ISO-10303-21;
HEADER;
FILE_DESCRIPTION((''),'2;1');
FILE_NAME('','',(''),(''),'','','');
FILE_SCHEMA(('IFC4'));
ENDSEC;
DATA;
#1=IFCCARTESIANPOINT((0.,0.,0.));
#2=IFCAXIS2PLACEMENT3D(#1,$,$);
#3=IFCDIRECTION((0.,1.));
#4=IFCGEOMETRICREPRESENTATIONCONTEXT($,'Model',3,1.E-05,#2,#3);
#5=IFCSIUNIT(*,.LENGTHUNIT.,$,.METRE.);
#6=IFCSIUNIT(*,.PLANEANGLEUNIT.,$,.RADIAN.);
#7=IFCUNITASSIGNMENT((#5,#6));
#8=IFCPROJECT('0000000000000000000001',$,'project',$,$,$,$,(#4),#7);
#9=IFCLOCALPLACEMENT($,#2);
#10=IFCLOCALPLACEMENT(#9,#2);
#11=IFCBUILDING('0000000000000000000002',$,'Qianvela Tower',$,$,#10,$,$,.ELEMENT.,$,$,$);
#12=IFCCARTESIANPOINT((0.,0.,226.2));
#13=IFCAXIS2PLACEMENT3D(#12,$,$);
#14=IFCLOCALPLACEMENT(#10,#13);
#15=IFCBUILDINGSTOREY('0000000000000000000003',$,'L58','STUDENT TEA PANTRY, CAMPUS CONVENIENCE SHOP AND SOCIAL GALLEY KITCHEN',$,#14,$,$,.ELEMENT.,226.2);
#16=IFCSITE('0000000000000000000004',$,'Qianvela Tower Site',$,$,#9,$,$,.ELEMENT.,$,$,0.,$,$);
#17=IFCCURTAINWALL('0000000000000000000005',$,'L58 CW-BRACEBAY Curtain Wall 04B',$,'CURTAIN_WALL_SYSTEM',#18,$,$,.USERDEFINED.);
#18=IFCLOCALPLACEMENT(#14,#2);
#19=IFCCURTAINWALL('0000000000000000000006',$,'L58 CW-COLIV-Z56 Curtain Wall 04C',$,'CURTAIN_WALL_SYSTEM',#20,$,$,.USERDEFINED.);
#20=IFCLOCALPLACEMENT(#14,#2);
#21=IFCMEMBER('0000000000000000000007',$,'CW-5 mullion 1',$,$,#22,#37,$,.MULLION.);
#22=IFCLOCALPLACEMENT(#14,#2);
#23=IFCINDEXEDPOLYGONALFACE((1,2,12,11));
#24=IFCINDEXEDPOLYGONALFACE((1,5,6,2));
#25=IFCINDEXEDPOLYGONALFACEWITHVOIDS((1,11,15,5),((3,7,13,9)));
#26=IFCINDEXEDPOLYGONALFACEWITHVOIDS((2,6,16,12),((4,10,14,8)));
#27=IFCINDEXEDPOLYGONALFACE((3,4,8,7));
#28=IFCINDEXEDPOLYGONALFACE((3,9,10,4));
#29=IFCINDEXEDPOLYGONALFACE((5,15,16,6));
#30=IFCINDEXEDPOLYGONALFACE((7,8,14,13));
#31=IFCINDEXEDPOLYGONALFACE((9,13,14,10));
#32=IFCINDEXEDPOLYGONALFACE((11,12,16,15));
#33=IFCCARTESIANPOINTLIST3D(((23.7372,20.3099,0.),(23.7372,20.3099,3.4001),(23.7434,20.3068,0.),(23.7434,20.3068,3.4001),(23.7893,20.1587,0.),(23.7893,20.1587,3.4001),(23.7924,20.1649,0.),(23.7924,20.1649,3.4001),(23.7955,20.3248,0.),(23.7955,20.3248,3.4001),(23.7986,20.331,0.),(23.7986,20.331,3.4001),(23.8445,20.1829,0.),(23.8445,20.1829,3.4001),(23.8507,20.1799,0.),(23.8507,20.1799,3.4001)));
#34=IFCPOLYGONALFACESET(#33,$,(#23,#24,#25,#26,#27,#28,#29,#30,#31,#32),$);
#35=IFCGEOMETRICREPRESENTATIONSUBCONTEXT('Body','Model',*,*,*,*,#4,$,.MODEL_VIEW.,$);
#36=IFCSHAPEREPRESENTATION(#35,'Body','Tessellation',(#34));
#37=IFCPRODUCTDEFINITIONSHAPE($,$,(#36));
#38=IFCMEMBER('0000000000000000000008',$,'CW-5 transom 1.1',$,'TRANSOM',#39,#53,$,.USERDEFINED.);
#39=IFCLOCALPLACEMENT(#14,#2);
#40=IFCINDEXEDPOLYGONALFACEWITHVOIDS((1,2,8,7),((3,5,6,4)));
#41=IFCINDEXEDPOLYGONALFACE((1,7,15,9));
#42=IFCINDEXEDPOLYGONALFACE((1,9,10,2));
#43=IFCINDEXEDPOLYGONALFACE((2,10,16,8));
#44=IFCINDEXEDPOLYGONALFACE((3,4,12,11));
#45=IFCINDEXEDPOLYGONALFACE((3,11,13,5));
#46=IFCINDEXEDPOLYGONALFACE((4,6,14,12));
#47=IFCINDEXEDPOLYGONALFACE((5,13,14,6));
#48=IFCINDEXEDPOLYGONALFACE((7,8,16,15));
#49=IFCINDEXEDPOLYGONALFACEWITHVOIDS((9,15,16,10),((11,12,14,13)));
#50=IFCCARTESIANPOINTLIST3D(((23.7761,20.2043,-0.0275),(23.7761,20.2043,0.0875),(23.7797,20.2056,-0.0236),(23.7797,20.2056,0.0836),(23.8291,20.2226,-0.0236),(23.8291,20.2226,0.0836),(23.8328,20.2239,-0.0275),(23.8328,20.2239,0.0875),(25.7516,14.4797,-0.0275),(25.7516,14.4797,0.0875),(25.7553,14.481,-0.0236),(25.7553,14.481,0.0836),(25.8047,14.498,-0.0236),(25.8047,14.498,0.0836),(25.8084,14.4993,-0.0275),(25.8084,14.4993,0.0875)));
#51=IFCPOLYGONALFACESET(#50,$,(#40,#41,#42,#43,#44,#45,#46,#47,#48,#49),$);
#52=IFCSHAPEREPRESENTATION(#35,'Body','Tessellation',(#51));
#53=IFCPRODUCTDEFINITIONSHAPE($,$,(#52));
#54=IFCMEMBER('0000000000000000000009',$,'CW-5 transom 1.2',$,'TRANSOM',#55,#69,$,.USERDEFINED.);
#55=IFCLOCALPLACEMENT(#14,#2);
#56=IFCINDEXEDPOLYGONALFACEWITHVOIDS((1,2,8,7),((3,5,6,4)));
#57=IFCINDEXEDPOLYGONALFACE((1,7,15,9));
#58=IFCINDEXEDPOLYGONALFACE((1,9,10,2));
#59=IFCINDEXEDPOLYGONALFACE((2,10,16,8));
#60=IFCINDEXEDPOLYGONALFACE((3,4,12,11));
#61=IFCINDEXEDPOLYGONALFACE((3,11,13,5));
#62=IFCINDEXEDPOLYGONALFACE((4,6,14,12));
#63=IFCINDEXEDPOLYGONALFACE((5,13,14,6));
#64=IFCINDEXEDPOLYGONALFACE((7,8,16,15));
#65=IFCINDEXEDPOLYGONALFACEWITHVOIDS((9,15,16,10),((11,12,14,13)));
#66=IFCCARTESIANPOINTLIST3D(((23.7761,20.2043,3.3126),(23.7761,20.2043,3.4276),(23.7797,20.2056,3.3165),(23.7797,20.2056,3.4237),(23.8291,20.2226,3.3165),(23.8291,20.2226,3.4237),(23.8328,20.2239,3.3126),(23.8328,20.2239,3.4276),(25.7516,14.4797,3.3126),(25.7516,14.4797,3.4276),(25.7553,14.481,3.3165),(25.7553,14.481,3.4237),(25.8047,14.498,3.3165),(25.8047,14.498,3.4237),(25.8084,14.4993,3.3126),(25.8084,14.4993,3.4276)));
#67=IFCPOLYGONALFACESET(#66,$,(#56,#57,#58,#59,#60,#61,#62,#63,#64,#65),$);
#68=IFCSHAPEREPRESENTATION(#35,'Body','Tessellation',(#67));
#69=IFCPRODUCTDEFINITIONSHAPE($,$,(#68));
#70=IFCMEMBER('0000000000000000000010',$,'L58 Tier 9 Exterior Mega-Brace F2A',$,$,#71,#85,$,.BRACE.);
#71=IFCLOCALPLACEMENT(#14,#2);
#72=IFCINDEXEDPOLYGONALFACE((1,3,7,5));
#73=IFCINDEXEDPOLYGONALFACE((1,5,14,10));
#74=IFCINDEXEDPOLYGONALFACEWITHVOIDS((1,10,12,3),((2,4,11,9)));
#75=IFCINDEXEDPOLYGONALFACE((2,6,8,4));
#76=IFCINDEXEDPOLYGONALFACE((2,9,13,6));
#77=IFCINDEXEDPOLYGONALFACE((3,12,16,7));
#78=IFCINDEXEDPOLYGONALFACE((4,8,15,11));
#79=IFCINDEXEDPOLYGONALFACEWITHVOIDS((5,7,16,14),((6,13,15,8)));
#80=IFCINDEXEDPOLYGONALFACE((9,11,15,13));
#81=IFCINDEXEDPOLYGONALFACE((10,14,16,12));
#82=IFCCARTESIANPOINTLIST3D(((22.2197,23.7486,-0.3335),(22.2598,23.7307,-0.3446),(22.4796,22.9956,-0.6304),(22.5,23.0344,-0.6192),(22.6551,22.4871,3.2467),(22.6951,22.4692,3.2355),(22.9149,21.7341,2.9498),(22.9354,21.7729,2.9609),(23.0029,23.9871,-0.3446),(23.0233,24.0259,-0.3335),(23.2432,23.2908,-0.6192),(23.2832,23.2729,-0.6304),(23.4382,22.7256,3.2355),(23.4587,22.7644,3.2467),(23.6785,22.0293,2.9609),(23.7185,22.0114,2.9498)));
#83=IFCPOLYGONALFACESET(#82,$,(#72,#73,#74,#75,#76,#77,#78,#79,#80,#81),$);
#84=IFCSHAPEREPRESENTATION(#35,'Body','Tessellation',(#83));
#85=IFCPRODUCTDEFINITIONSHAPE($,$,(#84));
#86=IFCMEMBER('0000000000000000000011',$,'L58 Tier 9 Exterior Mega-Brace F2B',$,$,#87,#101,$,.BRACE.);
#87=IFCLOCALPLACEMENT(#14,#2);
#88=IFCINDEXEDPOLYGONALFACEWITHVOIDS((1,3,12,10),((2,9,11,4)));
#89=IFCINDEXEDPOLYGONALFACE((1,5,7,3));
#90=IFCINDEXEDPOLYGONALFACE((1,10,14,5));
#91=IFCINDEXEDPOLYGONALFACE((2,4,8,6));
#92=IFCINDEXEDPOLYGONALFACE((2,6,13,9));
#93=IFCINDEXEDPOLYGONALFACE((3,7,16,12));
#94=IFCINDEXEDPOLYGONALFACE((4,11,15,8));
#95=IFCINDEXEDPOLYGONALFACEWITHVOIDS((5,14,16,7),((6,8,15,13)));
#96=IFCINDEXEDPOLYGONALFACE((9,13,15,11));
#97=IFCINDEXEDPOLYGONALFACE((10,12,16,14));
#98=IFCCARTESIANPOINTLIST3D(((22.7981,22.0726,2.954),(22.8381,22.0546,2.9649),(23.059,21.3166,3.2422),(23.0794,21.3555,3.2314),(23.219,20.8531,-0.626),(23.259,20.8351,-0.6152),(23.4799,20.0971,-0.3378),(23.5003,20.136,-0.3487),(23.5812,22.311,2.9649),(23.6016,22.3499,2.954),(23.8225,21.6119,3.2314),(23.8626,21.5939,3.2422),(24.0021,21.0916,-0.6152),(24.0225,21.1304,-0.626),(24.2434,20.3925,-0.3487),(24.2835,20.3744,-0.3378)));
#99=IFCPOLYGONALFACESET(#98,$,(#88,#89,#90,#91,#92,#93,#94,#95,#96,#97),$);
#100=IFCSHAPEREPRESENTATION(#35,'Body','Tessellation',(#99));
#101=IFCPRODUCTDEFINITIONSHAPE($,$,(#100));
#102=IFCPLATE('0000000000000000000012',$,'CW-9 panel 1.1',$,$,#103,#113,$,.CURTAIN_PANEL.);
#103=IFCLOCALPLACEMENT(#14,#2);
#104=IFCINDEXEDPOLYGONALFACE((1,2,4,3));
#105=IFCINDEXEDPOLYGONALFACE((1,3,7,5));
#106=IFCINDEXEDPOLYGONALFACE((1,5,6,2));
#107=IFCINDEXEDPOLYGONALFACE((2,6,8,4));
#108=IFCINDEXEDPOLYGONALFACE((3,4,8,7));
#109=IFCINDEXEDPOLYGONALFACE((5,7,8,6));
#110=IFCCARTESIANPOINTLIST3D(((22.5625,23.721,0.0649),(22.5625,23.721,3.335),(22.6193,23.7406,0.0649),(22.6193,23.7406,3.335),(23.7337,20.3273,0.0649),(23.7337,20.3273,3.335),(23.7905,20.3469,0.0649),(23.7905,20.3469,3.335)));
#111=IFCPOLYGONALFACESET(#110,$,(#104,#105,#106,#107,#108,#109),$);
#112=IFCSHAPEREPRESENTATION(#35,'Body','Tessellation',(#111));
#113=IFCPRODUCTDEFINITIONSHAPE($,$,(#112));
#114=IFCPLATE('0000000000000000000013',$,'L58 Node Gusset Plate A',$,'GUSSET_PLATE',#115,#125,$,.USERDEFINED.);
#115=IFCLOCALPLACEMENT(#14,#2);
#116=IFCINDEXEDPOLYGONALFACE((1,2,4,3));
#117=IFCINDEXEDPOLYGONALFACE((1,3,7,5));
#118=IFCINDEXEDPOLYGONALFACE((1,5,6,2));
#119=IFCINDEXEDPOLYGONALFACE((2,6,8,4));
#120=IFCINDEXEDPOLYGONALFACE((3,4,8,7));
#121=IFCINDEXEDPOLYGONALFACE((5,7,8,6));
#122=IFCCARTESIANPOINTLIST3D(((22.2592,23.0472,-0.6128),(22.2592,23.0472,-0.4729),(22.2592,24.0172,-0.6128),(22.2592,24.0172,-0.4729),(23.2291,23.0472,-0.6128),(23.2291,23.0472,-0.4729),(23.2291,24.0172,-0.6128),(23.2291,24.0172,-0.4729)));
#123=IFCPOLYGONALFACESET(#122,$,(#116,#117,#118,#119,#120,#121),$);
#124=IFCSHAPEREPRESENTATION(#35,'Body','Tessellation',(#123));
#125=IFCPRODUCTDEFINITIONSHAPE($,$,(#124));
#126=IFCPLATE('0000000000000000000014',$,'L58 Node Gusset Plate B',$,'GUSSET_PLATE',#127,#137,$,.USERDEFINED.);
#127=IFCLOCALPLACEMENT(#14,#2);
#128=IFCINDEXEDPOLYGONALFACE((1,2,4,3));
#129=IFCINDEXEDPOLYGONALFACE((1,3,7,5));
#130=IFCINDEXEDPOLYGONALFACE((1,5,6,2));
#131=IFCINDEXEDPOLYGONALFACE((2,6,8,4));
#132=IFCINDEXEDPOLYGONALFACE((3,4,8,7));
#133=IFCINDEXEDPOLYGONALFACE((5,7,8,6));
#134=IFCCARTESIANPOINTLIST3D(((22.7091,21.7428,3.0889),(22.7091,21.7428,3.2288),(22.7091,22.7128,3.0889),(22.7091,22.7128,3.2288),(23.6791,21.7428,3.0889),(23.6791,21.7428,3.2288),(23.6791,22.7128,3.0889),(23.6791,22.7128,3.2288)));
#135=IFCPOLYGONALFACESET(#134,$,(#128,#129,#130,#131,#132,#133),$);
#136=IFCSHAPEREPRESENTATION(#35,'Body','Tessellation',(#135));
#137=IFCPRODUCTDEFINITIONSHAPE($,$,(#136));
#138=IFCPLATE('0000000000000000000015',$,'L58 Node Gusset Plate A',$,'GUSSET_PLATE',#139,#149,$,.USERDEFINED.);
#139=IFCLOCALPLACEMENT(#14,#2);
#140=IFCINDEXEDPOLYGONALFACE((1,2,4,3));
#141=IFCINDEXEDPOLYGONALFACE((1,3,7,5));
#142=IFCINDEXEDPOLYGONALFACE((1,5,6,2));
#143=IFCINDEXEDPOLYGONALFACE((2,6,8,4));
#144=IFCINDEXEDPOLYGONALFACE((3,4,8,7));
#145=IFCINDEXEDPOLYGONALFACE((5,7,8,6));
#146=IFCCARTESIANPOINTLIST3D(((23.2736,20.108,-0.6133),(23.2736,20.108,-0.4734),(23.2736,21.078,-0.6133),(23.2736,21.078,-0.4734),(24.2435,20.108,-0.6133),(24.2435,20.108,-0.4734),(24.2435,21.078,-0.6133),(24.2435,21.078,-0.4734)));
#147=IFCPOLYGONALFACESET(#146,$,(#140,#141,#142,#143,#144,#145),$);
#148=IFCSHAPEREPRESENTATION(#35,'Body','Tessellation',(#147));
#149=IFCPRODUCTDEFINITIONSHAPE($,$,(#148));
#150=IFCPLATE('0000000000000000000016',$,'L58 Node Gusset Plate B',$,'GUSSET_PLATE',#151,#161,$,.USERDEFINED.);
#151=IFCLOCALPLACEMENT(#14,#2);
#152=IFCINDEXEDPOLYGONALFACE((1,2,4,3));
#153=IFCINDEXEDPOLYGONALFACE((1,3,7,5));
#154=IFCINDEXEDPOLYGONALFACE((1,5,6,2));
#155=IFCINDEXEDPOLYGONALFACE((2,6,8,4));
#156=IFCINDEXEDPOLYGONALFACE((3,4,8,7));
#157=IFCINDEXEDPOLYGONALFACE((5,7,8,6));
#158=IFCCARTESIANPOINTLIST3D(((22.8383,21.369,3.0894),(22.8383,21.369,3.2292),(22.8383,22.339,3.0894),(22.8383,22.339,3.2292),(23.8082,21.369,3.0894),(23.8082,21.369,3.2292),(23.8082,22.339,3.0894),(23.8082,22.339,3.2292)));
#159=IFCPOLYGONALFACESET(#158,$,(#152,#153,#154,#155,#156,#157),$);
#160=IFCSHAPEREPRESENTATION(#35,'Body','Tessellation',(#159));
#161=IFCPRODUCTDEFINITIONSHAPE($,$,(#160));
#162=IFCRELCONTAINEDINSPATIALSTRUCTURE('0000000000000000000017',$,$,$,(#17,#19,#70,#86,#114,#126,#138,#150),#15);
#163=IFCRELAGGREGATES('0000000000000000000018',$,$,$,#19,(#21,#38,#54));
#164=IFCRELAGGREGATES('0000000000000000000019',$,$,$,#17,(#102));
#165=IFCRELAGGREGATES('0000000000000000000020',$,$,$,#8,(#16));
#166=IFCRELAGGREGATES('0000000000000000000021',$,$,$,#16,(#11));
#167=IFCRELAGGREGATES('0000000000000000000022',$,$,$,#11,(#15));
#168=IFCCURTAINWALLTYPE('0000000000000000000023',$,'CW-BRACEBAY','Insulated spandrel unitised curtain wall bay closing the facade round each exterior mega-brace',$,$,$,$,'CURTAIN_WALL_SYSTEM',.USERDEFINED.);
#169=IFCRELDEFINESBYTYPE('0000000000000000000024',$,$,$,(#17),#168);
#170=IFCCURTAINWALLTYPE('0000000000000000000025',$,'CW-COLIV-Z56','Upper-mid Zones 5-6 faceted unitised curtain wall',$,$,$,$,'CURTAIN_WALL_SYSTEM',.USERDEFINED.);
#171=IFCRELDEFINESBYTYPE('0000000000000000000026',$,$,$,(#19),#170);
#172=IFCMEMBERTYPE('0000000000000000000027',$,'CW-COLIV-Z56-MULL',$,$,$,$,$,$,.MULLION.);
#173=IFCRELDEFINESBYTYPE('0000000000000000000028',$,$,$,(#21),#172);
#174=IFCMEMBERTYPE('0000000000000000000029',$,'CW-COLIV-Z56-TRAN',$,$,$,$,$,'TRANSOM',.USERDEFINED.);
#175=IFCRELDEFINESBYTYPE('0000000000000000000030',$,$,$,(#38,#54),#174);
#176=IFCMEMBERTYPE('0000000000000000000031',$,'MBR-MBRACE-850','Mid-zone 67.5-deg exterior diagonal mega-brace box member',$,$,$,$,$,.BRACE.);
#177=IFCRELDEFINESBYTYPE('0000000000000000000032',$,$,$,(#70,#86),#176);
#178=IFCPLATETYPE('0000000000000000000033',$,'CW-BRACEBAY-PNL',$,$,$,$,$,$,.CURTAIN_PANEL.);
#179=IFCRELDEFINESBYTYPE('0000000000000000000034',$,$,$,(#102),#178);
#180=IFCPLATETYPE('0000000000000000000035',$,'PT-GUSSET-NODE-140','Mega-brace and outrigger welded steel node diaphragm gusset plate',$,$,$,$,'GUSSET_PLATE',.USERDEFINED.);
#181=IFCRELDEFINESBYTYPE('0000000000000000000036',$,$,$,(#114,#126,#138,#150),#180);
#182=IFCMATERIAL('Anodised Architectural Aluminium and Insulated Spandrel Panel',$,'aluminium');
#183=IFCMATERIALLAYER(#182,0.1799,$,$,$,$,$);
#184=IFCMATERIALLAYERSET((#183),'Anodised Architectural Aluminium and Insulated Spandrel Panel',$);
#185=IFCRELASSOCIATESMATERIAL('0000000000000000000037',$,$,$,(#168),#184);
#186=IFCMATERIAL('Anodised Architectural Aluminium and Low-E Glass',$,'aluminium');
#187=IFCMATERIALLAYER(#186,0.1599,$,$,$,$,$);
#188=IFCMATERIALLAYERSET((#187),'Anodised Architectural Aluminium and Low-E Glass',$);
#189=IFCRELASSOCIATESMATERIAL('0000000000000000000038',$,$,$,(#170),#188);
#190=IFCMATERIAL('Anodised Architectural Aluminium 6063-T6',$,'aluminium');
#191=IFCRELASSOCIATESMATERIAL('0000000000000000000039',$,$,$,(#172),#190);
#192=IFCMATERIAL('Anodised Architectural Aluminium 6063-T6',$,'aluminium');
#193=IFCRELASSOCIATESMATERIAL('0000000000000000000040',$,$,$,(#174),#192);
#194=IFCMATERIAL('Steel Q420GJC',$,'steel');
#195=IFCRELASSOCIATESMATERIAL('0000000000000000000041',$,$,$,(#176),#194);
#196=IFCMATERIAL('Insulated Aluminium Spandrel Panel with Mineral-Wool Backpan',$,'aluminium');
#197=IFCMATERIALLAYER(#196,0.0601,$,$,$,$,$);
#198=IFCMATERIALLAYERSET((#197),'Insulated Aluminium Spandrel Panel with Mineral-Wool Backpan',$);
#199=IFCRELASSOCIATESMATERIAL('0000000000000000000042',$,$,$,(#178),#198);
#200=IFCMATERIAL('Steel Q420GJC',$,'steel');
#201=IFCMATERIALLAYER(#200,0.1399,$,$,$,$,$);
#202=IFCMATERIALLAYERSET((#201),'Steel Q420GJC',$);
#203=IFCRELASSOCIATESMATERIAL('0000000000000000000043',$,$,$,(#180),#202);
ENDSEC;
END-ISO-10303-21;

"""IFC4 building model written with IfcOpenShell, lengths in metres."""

from ifc_helpers import new_model, si_unit, direction, frame, origin, origin_2d, place, context, subcontext, project, spatial, rectangle, hollow_rectangle, extrude, material, layer, layer_set, material_profile, profile_set, type_object, element, aggregate, save


model = new_model("IFC4")

# Units and contexts
model_context = context("Model", 3, precision=1e-05, world=origin(), true_north=direction((0.0, 1.0)))
body_context = subcontext(model_context, "Body", "Model", "MODEL_VIEW")
ifc_project = project(units=[si_unit("LENGTHUNIT", "METRE"), si_unit("PLANEANGLEUNIT", "RADIAN")], contexts=[model_context])

# Site, building, storey
site_placement = place(None, origin())
site = spatial("IfcSite", under=ifc_project, at=site_placement, Name="Qianvela Tower Site", CompositionType="ELEMENT", RefElevation=0.0)
building_placement = place(site_placement, origin())
building = spatial("IfcBuilding", under=site, at=building_placement, Name="Qianvela Tower", CompositionType="ELEMENT")
storey_placement = place(building_placement, frame((0.0, 0.0, 226.2)))
storey = spatial("IfcBuildingStorey", under=building, at=storey_placement, Name="L58", Description="STUDENT TEA PANTRY, CAMPUS CONVENIENCE SHOP AND SOCIAL GALLEY KITCHEN", CompositionType="ELEMENT", Elevation=226.2)

# Curtain wall
ifc_material_1 = material(Name="Anodised Architectural Aluminium and Insulated Spandrel Panel", Category="aluminium")
ifc_layer_1 = layer(ifc_material_1, 0.1799)
ifc_layer_set_1 = layer_set([ifc_layer_1], Name="Anodised Architectural Aluminium and Insulated Spandrel Panel")
curtain_wall_type_1 = type_object("IfcCurtainWallType", Name="CW-BRACEBAY", Description="Insulated spandrel unitised curtain wall bay closing the facade round each exterior mega-brace", ElementType="CURTAIN_WALL_SYSTEM", PredefinedType="USERDEFINED", material=ifc_layer_set_1)
curtain_wall_1_placement = place(storey_placement, origin())
curtain_wall_1 = element("IfcCurtainWall", 1, at=curtain_wall_1_placement, inside=storey, type_object=curtain_wall_type_1, Name="L58 CW-BRACEBAY Curtain Wall 04B", ObjectType="CURTAIN_WALL_SYSTEM", PredefinedType="USERDEFINED")

# Shared definitions
ifc_material_2 = material(Name="Anodised Architectural Aluminium and Low-E Glass", Category="aluminium")
ifc_layer_2 = layer(ifc_material_2, 0.1599)
ifc_layer_set_2 = layer_set([ifc_layer_2], Name="Anodised Architectural Aluminium and Low-E Glass")
curtain_wall_type_2 = type_object("IfcCurtainWallType", Name="CW-COLIV-Z56", Description="Upper-mid Zones 5-6 faceted unitised curtain wall", ElementType="CURTAIN_WALL_SYSTEM", PredefinedType="USERDEFINED", material=ifc_layer_set_2)
ifc_material_3 = material(Name="Anodised Architectural Aluminium 6063-T6", Category="aluminium")
ifc_material_profile_1 = material_profile(ifc_material_3, hollow_rectangle(XDim=0.0649, YDim=0.1599, WallThickness=0.0049, at=origin_2d()), Name="ALU-MULL-65x160")
ifc_profile_set_1 = profile_set([ifc_material_profile_1], Name="Anodised Architectural Aluminium 6063-T6")
member_type_1 = type_object("IfcMemberType", Name="CW-COLIV-Z56-MULL", PredefinedType="MULLION", material=ifc_profile_set_1)

# Curtain wall, members
curtain_wall_2_placement = place(storey_placement, origin())
curtain_wall_2 = element("IfcCurtainWall", 2, at=curtain_wall_2_placement, inside=storey, type_object=curtain_wall_type_2, Name="L58 CW-COLIV-Z56 Curtain Wall 04C", ObjectType="CURTAIN_WALL_SYSTEM", PredefinedType="USERDEFINED")
member_1_placement = place(storey_placement, frame((23.7939, 20.2449, 0.0), z_axis=(0.0, 0.0, 1.0), x_axis=(0.945291, 0.326229, 0.0)))
member_1 = element("IfcMember", 3, at=member_1_placement, type_object=member_type_1, Name="CW-5 mullion 1", PredefinedType="MULLION", context=body_context, shape_type="SweptSolid", body=[
    extrude(hollow_rectangle(XDim=0.0649, YDim=0.1599, WallThickness=0.0049, at=origin_2d()), origin(), (0.0, 0.0, 1.0), 3.4001),
])
ifc_material_4 = material(Name="Anodised Architectural Aluminium 6063-T6", Category="aluminium")
ifc_material_profile_2 = material_profile(ifc_material_4, hollow_rectangle(XDim=0.0601, YDim=0.115, WallThickness=0.0039, at=origin_2d()), Name="ALU-TRAN-60x115")
ifc_profile_set_2 = profile_set([ifc_material_profile_2], Name="Anodised Architectural Aluminium 6063-T6")
member_type_2 = type_object("IfcMemberType", Name="CW-COLIV-Z56-TRAN", ElementType="TRANSOM", PredefinedType="USERDEFINED", material=ifc_profile_set_2)
member_2_placement = place(storey_placement, frame((23.8044, 20.2141, 0.03), z_axis=(0.326224, -0.945292, 0.0), x_axis=(0.945292, 0.326224, 0.0)))
member_2 = element("IfcMember", 4, at=member_2_placement, type_object=member_type_2, Name="CW-5 transom 1.1", ObjectType="TRANSOM", PredefinedType="USERDEFINED", context=body_context, shape_type="SweptSolid", body=[
    extrude(hollow_rectangle(XDim=0.0601, YDim=0.115, WallThickness=0.0039, at=origin_2d()), origin(), (0.0, 0.0, 1.0), 6.0559),
])
member_3_placement = place(storey_placement, frame((23.8044, 20.2141, 3.3701), z_axis=(0.326224, -0.945292, 0.0), x_axis=(0.945292, 0.326224, 0.0)))
member_3 = element("IfcMember", 5, at=member_3_placement, type_object=member_type_2, Name="CW-5 transom 1.2", ObjectType="TRANSOM", PredefinedType="USERDEFINED", context=body_context, shape_type="SweptSolid", body=[
    extrude(hollow_rectangle(XDim=0.0601, YDim=0.115, WallThickness=0.0039, at=origin_2d()), origin(), (0.0, 0.0, 1.0), 6.0559),
])
aggregate(curtain_wall_2, [member_1, member_2, member_3])

# Members
ifc_material_5 = material(Name="Steel Q420GJC", Category="steel")
ifc_material_profile_3 = material_profile(ifc_material_5, hollow_rectangle(XDim=0.8501, YDim=0.8501, WallThickness=0.032, at=origin_2d()), Name="MBOX-850x850x32")
ifc_profile_set_3 = profile_set([ifc_material_profile_3], Name="Steel Q420GJC")
member_type_3 = type_object("IfcMemberType", Name="MBR-MBRACE-850", Description="Mid-zone 67.5-deg exterior diagonal mega-brace box member", PredefinedType="BRACE", material=ifc_profile_set_3)
member_4_placement = place(storey_placement, frame((22.7515, 23.5107, -0.4819), z_axis=(0.113933, -0.330168, 0.937021), x_axis=(0.945301, 0.326199, 0.0)))
element("IfcMember", 6, at=member_4_placement, inside=storey, type_object=member_type_3, Name="L58 Tier 9 Exterior Mega-Brace F2A", PredefinedType="BRACE", context=body_context, shape_type="SweptSolid", body=[
    extrude(hollow_rectangle(XDim=0.8501, YDim=0.8501, WallThickness=0.032, at=origin_2d()), origin(), (0.0, 0.0, 1.0), 3.8208),
])
member_5_placement = place(storey_placement, frame((23.7512, 20.6138, -0.4819), z_axis=(-0.110605, 0.320459, 0.940783), x_axis=(-0.94528, -0.326259, 0.0)))
element("IfcMember", 7, at=member_5_placement, inside=storey, type_object=member_type_3, Name="L58 Tier 9 Exterior Mega-Brace F2B", PredefinedType="BRACE", context=body_context, shape_type="SweptSolid", body=[
    extrude(hollow_rectangle(XDim=0.8501, YDim=0.8501, WallThickness=0.032, at=origin_2d()), origin(), (0.0, 0.0, 1.0), 3.8054),
])

# Plate
ifc_material_6 = material(Name="Insulated Aluminium Spandrel Panel with Mineral-Wool Backpan", Category="aluminium")
ifc_layer_3 = layer(ifc_material_6, 0.0601)
ifc_layer_set_3 = layer_set([ifc_layer_3], Name="Insulated Aluminium Spandrel Panel with Mineral-Wool Backpan")
plate_type_1 = type_object("IfcPlateType", Name="CW-BRACEBAY-PNL", PredefinedType="CURTAIN_PANEL", material=ifc_layer_set_3)
plate_placement = place(storey_placement, frame((23.1765, 22.0339, 0.0649), z_axis=(0.0, 0.0, 1.0), x_axis=(0.326234, -0.945289, 0.0)))
plate = element("IfcPlate", 8, at=plate_placement, type_object=plate_type_1, Name="CW-9 panel 1.1", PredefinedType="CURTAIN_PANEL", context=body_context, shape_type="SweptSolid", body=[
    extrude(rectangle(XDim=3.5901, YDim=0.0601, at=origin_2d()), origin(), (0.0, 0.0, 1.0), 3.27),
])
aggregate(curtain_wall_1, [plate])

# Plates
ifc_material_7 = material(Name="Steel Q420GJC", Category="steel")
ifc_layer_4 = layer(ifc_material_7, 0.1399)
ifc_layer_set_4 = layer_set([ifc_layer_4], Name="Steel Q420GJC")
plate_type_2 = type_object("IfcPlateType", Name="PT-GUSSET-NODE-140", Description="Mega-brace and outrigger welded steel node diaphragm gusset plate", ElementType="GUSSET_PLATE", PredefinedType="USERDEFINED", material=ifc_layer_set_4)
for number, where, z_axis, x_axis, name in (
    (9, (22.7441, 23.5322, -0.6128), (0.0, 0.0, 1.0), (1.0, 0.0, 0.0), "L58 Node Gusset Plate A"),
    (10, (23.1941, 22.2278, 3.0889), (0.0, 0.0, 1.0), (1.0, 0.0, 0.0), "L58 Node Gusset Plate B"),
    (11, (23.7585, 20.593, -0.6133), (0.0, 0.0, 1.0), (1.0, 0.0, 0.0), "L58 Node Gusset Plate A"),
    (12, (23.3232, 21.854, 3.0894), (0.0, 0.0, 1.0), (1.0, 0.0, 0.0), "L58 Node Gusset Plate B"),
):
    element("IfcPlate", number, at=place(storey_placement, frame(where, z_axis=z_axis, x_axis=x_axis)), inside=storey, type_object=plate_type_2, Name=name, ObjectType="GUSSET_PLATE", PredefinedType="USERDEFINED", context=body_context, shape_type="SweptSolid", body=[
        extrude(rectangle(XDim=0.97, YDim=0.97, at=origin_2d()), origin(), (0.0, 0.0, 1.0), 0.1399),
    ])

save(model, "model.ifc")
